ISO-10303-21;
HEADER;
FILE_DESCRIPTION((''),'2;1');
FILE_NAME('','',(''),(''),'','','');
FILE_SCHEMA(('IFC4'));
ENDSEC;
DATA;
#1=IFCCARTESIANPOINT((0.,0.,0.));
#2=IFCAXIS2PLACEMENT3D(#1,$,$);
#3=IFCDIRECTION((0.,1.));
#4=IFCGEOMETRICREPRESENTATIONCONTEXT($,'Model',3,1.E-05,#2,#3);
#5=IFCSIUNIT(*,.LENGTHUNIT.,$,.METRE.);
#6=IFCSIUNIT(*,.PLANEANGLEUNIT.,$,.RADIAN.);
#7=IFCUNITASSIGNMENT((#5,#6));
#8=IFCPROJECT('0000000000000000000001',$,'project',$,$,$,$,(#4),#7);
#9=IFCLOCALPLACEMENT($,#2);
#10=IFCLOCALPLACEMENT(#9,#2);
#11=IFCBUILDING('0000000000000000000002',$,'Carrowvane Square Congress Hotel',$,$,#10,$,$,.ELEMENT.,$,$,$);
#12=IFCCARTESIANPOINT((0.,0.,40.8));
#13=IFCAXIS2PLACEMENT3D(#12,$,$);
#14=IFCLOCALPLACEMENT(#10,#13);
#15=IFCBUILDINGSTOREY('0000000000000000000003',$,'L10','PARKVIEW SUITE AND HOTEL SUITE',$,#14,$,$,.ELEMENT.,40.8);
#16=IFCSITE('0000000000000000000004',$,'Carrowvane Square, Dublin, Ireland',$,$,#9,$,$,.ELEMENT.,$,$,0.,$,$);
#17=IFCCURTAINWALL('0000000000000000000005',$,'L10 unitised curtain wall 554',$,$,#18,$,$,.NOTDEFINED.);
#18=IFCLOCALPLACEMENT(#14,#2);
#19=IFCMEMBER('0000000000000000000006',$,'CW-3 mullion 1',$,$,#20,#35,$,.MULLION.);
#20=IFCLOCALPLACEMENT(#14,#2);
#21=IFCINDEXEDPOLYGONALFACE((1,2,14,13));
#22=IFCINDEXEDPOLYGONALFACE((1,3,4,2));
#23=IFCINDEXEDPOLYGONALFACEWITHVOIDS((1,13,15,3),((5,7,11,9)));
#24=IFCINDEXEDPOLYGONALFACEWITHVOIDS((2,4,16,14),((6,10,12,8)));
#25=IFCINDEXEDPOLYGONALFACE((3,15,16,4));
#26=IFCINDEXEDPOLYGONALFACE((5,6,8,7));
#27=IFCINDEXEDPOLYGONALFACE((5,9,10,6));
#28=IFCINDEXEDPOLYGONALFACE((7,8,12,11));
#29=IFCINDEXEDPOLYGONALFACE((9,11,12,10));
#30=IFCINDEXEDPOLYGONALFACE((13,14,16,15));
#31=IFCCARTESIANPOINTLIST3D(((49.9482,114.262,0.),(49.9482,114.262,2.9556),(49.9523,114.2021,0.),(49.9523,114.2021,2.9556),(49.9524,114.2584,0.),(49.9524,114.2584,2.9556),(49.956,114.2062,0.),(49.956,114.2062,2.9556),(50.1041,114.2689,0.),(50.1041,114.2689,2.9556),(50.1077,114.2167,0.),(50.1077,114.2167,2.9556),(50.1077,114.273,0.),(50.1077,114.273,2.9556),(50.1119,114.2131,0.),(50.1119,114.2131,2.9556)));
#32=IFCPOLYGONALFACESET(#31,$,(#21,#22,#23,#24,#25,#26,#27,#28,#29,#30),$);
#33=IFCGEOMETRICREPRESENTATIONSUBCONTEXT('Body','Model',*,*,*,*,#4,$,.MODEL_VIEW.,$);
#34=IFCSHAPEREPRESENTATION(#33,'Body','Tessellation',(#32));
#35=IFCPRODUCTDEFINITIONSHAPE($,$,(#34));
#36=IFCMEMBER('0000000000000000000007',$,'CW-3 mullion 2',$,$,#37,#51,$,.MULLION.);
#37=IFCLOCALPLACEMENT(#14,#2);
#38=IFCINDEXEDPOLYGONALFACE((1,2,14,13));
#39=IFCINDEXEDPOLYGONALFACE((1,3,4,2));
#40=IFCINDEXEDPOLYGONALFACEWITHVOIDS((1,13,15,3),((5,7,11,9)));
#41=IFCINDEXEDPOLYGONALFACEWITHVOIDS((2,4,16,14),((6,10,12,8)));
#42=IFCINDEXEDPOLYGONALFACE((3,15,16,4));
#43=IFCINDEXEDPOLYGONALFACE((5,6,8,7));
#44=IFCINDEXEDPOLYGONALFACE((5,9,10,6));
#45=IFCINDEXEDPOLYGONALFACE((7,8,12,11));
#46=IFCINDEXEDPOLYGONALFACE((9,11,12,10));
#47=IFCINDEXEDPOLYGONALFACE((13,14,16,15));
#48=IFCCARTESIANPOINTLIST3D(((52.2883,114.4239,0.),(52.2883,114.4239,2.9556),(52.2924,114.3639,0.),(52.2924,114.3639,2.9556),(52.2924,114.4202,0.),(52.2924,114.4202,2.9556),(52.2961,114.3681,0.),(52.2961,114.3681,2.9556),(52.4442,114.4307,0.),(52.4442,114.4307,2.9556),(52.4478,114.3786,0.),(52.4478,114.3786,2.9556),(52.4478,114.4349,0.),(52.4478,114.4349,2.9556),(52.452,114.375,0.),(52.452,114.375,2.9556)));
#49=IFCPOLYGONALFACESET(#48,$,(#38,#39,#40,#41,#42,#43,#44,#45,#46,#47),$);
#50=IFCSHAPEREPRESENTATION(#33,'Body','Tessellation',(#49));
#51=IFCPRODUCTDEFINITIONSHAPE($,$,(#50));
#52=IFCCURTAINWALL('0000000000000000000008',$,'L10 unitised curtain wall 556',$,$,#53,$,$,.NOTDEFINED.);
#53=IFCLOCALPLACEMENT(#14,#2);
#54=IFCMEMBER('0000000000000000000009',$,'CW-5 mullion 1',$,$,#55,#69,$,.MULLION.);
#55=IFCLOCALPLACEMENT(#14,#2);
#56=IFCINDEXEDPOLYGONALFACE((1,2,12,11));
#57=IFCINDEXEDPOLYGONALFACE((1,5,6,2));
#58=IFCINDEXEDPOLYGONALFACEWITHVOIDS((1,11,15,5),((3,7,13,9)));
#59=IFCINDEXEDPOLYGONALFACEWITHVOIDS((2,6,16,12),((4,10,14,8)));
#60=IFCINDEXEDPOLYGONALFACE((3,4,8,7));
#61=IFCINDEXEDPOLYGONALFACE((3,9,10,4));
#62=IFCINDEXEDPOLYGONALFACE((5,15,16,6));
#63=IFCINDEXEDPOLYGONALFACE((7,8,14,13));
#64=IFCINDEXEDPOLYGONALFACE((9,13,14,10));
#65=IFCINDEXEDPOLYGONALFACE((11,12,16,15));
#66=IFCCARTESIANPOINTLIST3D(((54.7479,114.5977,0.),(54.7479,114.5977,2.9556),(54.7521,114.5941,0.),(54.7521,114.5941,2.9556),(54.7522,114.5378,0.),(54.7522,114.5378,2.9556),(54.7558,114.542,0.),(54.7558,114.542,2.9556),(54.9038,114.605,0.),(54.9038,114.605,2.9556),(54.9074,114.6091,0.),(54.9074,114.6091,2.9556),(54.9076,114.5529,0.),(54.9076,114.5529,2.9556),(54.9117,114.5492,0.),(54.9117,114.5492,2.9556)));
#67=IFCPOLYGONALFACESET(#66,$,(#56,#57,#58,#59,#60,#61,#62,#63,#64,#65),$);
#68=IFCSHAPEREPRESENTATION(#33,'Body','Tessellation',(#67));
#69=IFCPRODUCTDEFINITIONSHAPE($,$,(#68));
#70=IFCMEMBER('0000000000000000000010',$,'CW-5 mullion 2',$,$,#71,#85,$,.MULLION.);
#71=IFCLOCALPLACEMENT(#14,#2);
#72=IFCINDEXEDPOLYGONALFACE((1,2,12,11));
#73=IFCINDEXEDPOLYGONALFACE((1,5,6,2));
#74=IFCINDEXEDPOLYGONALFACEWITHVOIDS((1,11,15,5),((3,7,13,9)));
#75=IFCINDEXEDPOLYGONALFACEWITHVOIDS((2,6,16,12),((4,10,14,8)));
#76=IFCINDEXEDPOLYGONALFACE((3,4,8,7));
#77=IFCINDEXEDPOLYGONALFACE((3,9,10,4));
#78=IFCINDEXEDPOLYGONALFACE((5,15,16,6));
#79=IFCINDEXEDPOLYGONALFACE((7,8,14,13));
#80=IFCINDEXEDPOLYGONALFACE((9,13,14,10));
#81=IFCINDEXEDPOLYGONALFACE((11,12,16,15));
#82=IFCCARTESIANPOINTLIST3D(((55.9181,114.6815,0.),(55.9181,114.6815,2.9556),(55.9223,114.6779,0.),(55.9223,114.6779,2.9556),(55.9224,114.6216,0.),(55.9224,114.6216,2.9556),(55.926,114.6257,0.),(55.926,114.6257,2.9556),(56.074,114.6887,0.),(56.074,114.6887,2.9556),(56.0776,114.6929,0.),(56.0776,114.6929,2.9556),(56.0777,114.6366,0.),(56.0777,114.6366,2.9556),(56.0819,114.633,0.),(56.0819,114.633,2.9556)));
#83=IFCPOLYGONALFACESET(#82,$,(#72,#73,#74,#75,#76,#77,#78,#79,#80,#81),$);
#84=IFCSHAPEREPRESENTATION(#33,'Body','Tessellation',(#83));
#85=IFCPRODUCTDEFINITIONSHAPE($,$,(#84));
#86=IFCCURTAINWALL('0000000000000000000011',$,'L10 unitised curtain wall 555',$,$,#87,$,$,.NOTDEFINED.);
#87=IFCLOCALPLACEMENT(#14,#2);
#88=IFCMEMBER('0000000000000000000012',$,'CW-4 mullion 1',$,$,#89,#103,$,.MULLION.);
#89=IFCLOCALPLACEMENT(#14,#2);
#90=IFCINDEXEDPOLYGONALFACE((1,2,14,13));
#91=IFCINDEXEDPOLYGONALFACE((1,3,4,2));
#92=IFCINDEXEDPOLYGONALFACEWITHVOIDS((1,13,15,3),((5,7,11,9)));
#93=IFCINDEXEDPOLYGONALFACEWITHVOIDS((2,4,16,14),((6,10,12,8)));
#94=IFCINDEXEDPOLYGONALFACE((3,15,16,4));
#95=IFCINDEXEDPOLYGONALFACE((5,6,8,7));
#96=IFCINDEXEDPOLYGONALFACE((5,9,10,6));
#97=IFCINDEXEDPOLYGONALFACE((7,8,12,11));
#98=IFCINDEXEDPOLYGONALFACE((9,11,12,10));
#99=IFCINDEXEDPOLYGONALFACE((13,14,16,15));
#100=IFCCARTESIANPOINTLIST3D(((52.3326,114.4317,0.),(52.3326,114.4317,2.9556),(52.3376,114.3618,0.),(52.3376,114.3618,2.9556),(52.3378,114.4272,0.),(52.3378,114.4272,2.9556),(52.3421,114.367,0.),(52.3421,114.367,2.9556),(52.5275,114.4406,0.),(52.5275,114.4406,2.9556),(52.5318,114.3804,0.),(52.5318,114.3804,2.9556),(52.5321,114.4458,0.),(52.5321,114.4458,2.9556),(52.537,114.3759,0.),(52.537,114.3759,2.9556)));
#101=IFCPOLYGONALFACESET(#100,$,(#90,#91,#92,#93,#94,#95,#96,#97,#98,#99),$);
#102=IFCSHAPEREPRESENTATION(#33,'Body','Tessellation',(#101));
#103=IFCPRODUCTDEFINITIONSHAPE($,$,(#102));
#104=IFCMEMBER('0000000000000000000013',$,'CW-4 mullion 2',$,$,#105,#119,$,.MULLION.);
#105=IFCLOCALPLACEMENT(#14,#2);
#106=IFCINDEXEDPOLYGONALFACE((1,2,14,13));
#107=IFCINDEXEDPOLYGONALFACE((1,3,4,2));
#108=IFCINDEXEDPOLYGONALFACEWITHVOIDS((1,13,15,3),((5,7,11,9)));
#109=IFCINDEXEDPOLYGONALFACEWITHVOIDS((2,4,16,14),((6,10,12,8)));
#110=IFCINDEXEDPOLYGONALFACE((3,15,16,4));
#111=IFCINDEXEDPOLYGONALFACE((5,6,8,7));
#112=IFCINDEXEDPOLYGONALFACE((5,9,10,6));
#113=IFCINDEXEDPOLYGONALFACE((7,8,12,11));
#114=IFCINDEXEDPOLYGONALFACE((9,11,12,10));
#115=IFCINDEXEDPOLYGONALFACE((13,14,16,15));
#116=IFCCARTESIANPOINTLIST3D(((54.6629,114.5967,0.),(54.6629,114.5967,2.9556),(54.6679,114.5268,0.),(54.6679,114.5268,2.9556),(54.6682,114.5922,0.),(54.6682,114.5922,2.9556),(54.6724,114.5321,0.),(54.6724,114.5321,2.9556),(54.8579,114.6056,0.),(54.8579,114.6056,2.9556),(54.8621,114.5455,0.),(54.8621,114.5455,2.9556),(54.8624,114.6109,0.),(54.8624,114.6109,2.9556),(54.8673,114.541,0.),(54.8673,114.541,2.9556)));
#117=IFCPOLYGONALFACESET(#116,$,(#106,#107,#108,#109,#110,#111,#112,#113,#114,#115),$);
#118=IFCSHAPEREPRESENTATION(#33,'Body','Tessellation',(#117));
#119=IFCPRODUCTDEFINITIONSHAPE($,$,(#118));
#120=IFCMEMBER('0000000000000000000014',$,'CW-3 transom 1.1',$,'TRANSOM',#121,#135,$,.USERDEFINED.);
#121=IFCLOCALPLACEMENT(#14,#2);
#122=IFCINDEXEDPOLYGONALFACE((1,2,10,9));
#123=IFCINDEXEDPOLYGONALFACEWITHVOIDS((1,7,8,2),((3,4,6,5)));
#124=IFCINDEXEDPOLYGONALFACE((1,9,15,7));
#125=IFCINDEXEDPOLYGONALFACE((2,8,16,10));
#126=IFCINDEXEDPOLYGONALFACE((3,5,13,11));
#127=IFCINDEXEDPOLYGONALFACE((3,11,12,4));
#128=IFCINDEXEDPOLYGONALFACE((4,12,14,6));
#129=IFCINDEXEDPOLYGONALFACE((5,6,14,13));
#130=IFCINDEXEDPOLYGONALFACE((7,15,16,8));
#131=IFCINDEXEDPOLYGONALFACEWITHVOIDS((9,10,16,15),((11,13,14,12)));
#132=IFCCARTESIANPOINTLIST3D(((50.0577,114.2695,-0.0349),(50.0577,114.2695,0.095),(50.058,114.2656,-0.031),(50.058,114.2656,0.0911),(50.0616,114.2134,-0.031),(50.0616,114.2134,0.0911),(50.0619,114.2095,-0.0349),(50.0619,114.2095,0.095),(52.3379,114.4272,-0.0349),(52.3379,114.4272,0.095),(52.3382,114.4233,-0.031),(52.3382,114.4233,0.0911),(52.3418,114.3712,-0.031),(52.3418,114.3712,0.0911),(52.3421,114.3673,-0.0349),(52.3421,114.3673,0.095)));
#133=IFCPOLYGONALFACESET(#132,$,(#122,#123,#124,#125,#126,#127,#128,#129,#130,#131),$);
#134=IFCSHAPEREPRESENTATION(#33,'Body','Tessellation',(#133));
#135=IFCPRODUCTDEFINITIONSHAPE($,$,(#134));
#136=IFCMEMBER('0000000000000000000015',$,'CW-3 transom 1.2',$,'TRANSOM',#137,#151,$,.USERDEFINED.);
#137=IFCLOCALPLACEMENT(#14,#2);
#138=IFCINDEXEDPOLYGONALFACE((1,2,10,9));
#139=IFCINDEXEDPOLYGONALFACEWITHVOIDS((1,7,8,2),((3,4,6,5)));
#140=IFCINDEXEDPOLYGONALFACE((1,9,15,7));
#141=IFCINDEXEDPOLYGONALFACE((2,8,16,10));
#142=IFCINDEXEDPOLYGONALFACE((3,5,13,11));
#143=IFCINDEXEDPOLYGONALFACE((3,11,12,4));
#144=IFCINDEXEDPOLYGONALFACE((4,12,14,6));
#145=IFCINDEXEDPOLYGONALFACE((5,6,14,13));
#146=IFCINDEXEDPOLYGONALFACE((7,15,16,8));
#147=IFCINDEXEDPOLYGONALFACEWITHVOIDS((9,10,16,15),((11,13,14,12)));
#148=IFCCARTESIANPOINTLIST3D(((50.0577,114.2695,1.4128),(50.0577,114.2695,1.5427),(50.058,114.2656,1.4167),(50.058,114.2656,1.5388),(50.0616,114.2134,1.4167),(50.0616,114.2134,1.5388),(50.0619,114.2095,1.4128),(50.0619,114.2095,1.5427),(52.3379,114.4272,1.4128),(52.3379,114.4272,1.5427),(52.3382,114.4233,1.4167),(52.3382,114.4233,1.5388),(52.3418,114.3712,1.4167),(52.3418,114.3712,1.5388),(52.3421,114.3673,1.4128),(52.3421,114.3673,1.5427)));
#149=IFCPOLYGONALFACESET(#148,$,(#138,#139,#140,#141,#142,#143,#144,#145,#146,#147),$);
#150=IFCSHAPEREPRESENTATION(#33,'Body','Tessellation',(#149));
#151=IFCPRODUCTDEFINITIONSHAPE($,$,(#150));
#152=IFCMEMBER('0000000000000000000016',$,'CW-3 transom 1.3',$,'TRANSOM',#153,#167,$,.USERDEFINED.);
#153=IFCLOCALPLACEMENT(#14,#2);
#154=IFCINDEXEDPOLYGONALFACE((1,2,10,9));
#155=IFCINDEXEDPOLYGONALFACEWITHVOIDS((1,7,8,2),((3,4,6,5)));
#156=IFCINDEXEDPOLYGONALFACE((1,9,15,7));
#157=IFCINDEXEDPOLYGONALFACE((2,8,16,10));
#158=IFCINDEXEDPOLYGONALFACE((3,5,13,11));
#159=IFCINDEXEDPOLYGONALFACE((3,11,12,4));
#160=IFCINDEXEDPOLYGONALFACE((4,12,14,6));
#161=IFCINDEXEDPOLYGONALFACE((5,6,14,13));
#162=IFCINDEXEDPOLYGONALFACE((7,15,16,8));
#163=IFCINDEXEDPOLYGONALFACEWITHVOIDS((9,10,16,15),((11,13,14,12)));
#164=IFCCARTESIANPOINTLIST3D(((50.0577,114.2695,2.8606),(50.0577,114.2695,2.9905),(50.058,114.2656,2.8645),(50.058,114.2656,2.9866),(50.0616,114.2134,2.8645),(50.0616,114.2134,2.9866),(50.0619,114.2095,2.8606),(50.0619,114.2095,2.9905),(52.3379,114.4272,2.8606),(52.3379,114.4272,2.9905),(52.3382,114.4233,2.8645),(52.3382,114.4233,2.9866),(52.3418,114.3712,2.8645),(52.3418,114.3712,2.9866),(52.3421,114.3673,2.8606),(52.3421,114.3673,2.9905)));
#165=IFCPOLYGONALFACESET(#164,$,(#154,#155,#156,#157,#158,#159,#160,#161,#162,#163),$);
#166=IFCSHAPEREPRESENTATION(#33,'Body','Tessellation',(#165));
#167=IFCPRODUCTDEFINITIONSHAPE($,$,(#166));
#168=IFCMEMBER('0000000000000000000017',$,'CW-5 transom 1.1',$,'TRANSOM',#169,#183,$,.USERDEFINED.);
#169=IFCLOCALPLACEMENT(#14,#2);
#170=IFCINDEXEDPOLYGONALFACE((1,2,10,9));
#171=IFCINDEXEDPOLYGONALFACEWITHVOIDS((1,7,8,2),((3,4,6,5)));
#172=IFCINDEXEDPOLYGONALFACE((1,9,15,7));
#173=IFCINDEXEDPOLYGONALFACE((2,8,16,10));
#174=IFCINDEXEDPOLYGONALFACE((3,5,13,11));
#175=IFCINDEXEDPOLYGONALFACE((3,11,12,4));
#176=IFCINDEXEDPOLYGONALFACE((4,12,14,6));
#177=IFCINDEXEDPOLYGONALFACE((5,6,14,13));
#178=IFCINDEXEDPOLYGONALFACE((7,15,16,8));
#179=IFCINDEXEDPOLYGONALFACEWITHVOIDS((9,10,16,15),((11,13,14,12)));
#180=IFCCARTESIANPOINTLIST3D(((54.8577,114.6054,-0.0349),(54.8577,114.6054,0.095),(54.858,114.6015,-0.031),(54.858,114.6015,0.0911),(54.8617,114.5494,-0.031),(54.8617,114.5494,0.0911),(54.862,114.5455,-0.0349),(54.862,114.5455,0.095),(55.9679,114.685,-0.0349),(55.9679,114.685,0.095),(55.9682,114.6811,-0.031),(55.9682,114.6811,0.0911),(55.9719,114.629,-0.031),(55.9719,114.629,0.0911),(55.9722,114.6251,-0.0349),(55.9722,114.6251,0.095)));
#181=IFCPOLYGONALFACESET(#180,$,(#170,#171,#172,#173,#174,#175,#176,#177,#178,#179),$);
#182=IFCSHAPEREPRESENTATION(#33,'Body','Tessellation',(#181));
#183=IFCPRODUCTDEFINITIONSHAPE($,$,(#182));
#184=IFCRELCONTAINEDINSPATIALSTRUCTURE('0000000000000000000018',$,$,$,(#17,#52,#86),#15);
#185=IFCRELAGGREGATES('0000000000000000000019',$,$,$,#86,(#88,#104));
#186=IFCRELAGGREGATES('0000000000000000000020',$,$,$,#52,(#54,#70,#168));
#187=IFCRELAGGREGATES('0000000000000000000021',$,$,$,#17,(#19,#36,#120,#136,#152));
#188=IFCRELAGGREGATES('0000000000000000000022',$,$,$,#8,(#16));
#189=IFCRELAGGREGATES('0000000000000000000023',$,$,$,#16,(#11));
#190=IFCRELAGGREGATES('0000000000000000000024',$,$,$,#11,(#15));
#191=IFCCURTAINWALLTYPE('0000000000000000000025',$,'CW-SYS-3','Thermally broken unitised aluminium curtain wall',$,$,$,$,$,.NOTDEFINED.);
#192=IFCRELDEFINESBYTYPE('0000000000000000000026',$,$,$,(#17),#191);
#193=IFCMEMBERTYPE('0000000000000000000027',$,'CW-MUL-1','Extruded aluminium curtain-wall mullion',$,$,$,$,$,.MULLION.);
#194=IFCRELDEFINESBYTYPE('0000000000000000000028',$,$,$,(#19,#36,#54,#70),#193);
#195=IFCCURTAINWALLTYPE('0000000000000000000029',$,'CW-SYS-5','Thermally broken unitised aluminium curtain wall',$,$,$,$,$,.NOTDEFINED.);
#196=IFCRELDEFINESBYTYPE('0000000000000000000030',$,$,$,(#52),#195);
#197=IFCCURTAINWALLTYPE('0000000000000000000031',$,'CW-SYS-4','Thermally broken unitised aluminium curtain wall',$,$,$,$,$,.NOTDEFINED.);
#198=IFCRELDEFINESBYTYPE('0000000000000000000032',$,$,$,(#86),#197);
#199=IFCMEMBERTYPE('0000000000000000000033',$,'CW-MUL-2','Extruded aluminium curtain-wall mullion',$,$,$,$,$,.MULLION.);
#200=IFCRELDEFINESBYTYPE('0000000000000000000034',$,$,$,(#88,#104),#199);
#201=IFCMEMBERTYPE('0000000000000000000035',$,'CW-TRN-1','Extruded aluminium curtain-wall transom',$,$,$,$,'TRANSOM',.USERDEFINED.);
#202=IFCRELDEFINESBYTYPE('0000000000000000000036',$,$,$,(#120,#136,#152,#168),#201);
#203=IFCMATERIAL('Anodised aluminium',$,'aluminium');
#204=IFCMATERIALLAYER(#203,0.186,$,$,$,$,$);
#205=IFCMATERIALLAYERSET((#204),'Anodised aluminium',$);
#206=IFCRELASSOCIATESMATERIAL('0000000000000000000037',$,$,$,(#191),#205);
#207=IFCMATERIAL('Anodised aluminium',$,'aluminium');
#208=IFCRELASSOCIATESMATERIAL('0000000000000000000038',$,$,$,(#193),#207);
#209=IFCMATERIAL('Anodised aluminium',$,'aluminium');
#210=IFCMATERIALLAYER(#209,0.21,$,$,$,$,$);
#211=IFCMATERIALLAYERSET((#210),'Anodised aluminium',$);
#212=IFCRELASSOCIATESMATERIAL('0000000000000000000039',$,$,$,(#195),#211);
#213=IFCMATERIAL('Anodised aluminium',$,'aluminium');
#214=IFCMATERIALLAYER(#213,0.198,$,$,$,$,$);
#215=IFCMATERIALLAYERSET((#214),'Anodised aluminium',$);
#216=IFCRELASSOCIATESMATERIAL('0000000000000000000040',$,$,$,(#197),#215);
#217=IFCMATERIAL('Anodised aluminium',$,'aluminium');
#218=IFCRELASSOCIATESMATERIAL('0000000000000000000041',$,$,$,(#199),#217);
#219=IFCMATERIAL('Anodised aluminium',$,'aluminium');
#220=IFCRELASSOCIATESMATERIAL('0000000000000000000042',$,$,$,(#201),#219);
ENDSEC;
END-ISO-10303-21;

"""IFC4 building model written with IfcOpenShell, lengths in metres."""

from ifc_helpers import new_model, si_unit, direction, frame, origin, origin_2d, place, context, subcontext, project, spatial, hollow_rectangle, extrude, material, layer, layer_set, material_profile, profile_set, type_object, element, aggregate, save


model = new_model("IFC4")

# Units and contexts
model_context = context("Model", 3, precision=1e-05, world=origin(), true_north=direction((0.0, 1.0)))
body_context = subcontext(model_context, "Body", "Model", "MODEL_VIEW")
ifc_project = project(units=[si_unit("LENGTHUNIT", "METRE"), si_unit("PLANEANGLEUNIT", "RADIAN")], contexts=[model_context])

# Site, building, storey
site_placement = place(None, origin())
site = spatial("IfcSite", under=ifc_project, at=site_placement, Name="Carrowvane Square, Dublin, Ireland", CompositionType="ELEMENT", RefElevation=0.0)
building_placement = place(site_placement, origin())
building = spatial("IfcBuilding", under=site, at=building_placement, Name="Carrowvane Square Congress Hotel", CompositionType="ELEMENT")
storey_placement = place(building_placement, frame((0.0, 0.0, 40.8)))
storey = spatial("IfcBuildingStorey", under=building, at=storey_placement, Name="L10", Description="PARKVIEW SUITE AND HOTEL SUITE", CompositionType="ELEMENT", Elevation=40.8)

# Curtain walls, members
ifc_material_1 = material(Name="Anodised aluminium", Category="aluminium")
ifc_layer_1 = layer(ifc_material_1, 0.186)
ifc_layer_set_1 = layer_set([ifc_layer_1], Name="Anodised aluminium")
curtain_wall_type_1 = type_object("IfcCurtainWallType", Name="CW-SYS-3", Description="Thermally broken unitised aluminium curtain wall", PredefinedType="NOTDEFINED", material=ifc_layer_set_1)
curtain_wall_1_placement = place(storey_placement, origin())
curtain_wall_1 = element("IfcCurtainWall", 1, at=curtain_wall_1_placement, inside=storey, type_object=curtain_wall_type_1, Name="L10 unitised curtain wall 554", PredefinedType="NOTDEFINED")
ifc_material_2 = material(Name="Anodised aluminium", Category="aluminium")
ifc_material_profile_1 = material_profile(ifc_material_2, hollow_rectangle(XDim=0.0601, YDim=0.1599, WallThickness=0.0039, at=origin_2d()), Name="CW-ML 60x160x4")
ifc_profile_set_1 = profile_set([ifc_material_profile_1], Name="Anodised aluminium")
member_type_1 = type_object("IfcMemberType", Name="CW-MUL-1", Description="Extruded aluminium curtain-wall mullion", PredefinedType="MULLION", material=ifc_profile_set_1)
member_1_placement = place(storey_placement, frame((50.03, 114.2375, 0.0), z_axis=(0.0, 0.0, 1.0), x_axis=(-0.068986, 0.997618, 0.0)))
member_1 = element("IfcMember", 2, at=member_1_placement, type_object=member_type_1, Name="CW-3 mullion 1", PredefinedType="MULLION", context=body_context, shape_type="SweptSolid", body=[
    extrude(hollow_rectangle(XDim=0.0601, YDim=0.1599, WallThickness=0.0039, at=origin_2d()), origin(), (0.0, 0.0, 1.0), 2.9556),
])
member_2_placement = place(storey_placement, frame((52.3701, 114.3994, 0.0), z_axis=(0.0, 0.0, 1.0), x_axis=(-0.068986, 0.997618, 0.0)))
member_2 = element("IfcMember", 3, at=member_2_placement, type_object=member_type_1, Name="CW-3 mullion 2", PredefinedType="MULLION", context=body_context, shape_type="SweptSolid", body=[
    extrude(hollow_rectangle(XDim=0.0601, YDim=0.1599, WallThickness=0.0039, at=origin_2d()), origin(), (0.0, 0.0, 1.0), 2.9556),
])
ifc_material_3 = material(Name="Anodised aluminium", Category="aluminium")
ifc_layer_2 = layer(ifc_material_3, 0.21)
ifc_layer_set_2 = layer_set([ifc_layer_2], Name="Anodised aluminium")
curtain_wall_type_2 = type_object("IfcCurtainWallType", Name="CW-SYS-5", Description="Thermally broken unitised aluminium curtain wall", PredefinedType="NOTDEFINED", material=ifc_layer_set_2)
curtain_wall_2_placement = place(storey_placement, origin())
curtain_wall_2 = element("IfcCurtainWall", 4, at=curtain_wall_2_placement, inside=storey, type_object=curtain_wall_type_2, Name="L10 unitised curtain wall 556", PredefinedType="NOTDEFINED")
member_3_placement = place(storey_placement, frame((54.8298, 114.5735, 0.0), z_axis=(0.0, 0.0, 1.0), x_axis=(-0.071418, 0.997446, 0.0)))
member_3 = element("IfcMember", 5, at=member_3_placement, type_object=member_type_1, Name="CW-5 mullion 1", PredefinedType="MULLION", context=body_context, shape_type="SweptSolid", body=[
    extrude(hollow_rectangle(XDim=0.0601, YDim=0.1599, WallThickness=0.0039, at=origin_2d()), origin(), (0.0, 0.0, 1.0), 2.9556),
])
member_4_placement = place(storey_placement, frame((56.0, 114.6572, 0.0), z_axis=(0.0, 0.0, 1.0), x_axis=(-0.071418, 0.997446, 0.0)))
member_4 = element("IfcMember", 6, at=member_4_placement, type_object=member_type_1, Name="CW-5 mullion 2", PredefinedType="MULLION", context=body_context, shape_type="SweptSolid", body=[
    extrude(hollow_rectangle(XDim=0.0601, YDim=0.1599, WallThickness=0.0039, at=origin_2d()), origin(), (0.0, 0.0, 1.0), 2.9556),
])
ifc_material_4 = material(Name="Anodised aluminium", Category="aluminium")
ifc_layer_3 = layer(ifc_material_4, 0.198)
ifc_layer_set_3 = layer_set([ifc_layer_3], Name="Anodised aluminium")
curtain_wall_type_3 = type_object("IfcCurtainWallType", Name="CW-SYS-4", Description="Thermally broken unitised aluminium curtain wall", PredefinedType="NOTDEFINED", material=ifc_layer_set_3)
curtain_wall_3_placement = place(storey_placement, origin())
curtain_wall_3 = element("IfcCurtainWall", 7, at=curtain_wall_3_placement, inside=storey, type_object=curtain_wall_type_3, Name="L10 unitised curtain wall 555", PredefinedType="NOTDEFINED")
ifc_material_5 = material(Name="Anodised aluminium", Category="aluminium")
ifc_material_profile_2 = material_profile(ifc_material_5, hollow_rectangle(XDim=0.0701, YDim=0.2, WallThickness=0.0049, at=origin_2d()), Name="CW-ML 70x200x5")
ifc_profile_set_2 = profile_set([ifc_material_profile_2], Name="Anodised aluminium")
member_type_2 = type_object("IfcMemberType", Name="CW-MUL-2", Description="Extruded aluminium curtain-wall mullion", PredefinedType="MULLION", material=ifc_profile_set_2)
member_5_placement = place(storey_placement, frame((52.4348, 114.4038, 0.0), z_axis=(0.0, 0.0, 1.0), x_axis=(-0.070586, 0.997506, 0.0)))
member_5 = element("IfcMember", 8, at=member_5_placement, type_object=member_type_2, Name="CW-4 mullion 1", PredefinedType="MULLION", context=body_context, shape_type="SweptSolid", body=[
    extrude(hollow_rectangle(XDim=0.0701, YDim=0.2, WallThickness=0.0049, at=origin_2d()), origin(), (0.0, 0.0, 1.0), 2.9556),
])
member_6_placement = place(storey_placement, frame((54.7651, 114.5688, 0.0), z_axis=(0.0, 0.0, 1.0), x_axis=(-0.070586, 0.997506, 0.0)))
member_6 = element("IfcMember", 9, at=member_6_placement, type_object=member_type_2, Name="CW-4 mullion 2", PredefinedType="MULLION", context=body_context, shape_type="SweptSolid", body=[
    extrude(hollow_rectangle(XDim=0.0701, YDim=0.2, WallThickness=0.0049, at=origin_2d()), origin(), (0.0, 0.0, 1.0), 2.9556),
])

# Members
ifc_material_6 = material(Name="Anodised aluminium", Category="aluminium")
ifc_material_profile_3 = material_profile(ifc_material_6, hollow_rectangle(XDim=0.0601, YDim=0.1299, WallThickness=0.0039, at=origin_2d()), Name="CW-TR 60x130x4")
ifc_profile_set_3 = profile_set([ifc_material_profile_3], Name="Anodised aluminium")
member_type_3 = type_object("IfcMemberType", Name="CW-TRN-1", Description="Extruded aluminium curtain-wall transom", ElementType="TRANSOM", PredefinedType="USERDEFINED", material=ifc_profile_set_3)
member_7_placement = place(storey_placement, frame((50.0598, 114.2395, 0.03), z_axis=(0.997617, 0.069, 0.0), x_axis=(-0.069, 0.997617, 0.0)))
member_7 = element("IfcMember", 10, at=member_7_placement, type_object=member_type_3, Name="CW-3 transom 1.1", ObjectType="TRANSOM", PredefinedType="USERDEFINED", context=body_context, shape_type="SweptSolid", body=[
    extrude(hollow_rectangle(XDim=0.0601, YDim=0.1299, WallThickness=0.0039, at=origin_2d()), origin(), (0.0, 0.0, 1.0), 2.2856),
])
member_8_placement = place(storey_placement, frame((50.0598, 114.2395, 1.4778), z_axis=(0.997617, 0.069, 0.0), x_axis=(-0.069, 0.997617, 0.0)))
member_8 = element("IfcMember", 11, at=member_8_placement, type_object=member_type_3, Name="CW-3 transom 1.2", ObjectType="TRANSOM", PredefinedType="USERDEFINED", context=body_context, shape_type="SweptSolid", body=[
    extrude(hollow_rectangle(XDim=0.0601, YDim=0.1299, WallThickness=0.0039, at=origin_2d()), origin(), (0.0, 0.0, 1.0), 2.2856),
])
member_9_placement = place(storey_placement, frame((50.0598, 114.2395, 2.9255), z_axis=(0.997617, 0.069, 0.0), x_axis=(-0.069, 0.997617, 0.0)))
member_9 = element("IfcMember", 12, at=member_9_placement, type_object=member_type_3, Name="CW-3 transom 1.3", ObjectType="TRANSOM", PredefinedType="USERDEFINED", context=body_context, shape_type="SweptSolid", body=[
    extrude(hollow_rectangle(XDim=0.0601, YDim=0.1299, WallThickness=0.0039, at=origin_2d()), origin(), (0.0, 0.0, 1.0), 2.2856),
])
member_10_placement = place(storey_placement, frame((54.8599, 114.5754, 0.03), z_axis=(0.99744, 0.071512, 0.0), x_axis=(-0.071512, 0.99744, 0.0)))
member_10 = element("IfcMember", 13, at=member_10_placement, type_object=member_type_3, Name="CW-5 transom 1.1", ObjectType="TRANSOM", PredefinedType="USERDEFINED", context=body_context, shape_type="SweptSolid", body=[
    extrude(hollow_rectangle(XDim=0.0601, YDim=0.1299, WallThickness=0.0039, at=origin_2d()), origin(), (0.0, 0.0, 1.0), 1.113),
])

aggregate(curtain_wall_3, [member_5, member_6])
aggregate(curtain_wall_2, [member_3, member_4, member_10])
aggregate(curtain_wall_1, [member_1, member_2, member_7, member_8, member_9])

save(model, "model.ifc")
